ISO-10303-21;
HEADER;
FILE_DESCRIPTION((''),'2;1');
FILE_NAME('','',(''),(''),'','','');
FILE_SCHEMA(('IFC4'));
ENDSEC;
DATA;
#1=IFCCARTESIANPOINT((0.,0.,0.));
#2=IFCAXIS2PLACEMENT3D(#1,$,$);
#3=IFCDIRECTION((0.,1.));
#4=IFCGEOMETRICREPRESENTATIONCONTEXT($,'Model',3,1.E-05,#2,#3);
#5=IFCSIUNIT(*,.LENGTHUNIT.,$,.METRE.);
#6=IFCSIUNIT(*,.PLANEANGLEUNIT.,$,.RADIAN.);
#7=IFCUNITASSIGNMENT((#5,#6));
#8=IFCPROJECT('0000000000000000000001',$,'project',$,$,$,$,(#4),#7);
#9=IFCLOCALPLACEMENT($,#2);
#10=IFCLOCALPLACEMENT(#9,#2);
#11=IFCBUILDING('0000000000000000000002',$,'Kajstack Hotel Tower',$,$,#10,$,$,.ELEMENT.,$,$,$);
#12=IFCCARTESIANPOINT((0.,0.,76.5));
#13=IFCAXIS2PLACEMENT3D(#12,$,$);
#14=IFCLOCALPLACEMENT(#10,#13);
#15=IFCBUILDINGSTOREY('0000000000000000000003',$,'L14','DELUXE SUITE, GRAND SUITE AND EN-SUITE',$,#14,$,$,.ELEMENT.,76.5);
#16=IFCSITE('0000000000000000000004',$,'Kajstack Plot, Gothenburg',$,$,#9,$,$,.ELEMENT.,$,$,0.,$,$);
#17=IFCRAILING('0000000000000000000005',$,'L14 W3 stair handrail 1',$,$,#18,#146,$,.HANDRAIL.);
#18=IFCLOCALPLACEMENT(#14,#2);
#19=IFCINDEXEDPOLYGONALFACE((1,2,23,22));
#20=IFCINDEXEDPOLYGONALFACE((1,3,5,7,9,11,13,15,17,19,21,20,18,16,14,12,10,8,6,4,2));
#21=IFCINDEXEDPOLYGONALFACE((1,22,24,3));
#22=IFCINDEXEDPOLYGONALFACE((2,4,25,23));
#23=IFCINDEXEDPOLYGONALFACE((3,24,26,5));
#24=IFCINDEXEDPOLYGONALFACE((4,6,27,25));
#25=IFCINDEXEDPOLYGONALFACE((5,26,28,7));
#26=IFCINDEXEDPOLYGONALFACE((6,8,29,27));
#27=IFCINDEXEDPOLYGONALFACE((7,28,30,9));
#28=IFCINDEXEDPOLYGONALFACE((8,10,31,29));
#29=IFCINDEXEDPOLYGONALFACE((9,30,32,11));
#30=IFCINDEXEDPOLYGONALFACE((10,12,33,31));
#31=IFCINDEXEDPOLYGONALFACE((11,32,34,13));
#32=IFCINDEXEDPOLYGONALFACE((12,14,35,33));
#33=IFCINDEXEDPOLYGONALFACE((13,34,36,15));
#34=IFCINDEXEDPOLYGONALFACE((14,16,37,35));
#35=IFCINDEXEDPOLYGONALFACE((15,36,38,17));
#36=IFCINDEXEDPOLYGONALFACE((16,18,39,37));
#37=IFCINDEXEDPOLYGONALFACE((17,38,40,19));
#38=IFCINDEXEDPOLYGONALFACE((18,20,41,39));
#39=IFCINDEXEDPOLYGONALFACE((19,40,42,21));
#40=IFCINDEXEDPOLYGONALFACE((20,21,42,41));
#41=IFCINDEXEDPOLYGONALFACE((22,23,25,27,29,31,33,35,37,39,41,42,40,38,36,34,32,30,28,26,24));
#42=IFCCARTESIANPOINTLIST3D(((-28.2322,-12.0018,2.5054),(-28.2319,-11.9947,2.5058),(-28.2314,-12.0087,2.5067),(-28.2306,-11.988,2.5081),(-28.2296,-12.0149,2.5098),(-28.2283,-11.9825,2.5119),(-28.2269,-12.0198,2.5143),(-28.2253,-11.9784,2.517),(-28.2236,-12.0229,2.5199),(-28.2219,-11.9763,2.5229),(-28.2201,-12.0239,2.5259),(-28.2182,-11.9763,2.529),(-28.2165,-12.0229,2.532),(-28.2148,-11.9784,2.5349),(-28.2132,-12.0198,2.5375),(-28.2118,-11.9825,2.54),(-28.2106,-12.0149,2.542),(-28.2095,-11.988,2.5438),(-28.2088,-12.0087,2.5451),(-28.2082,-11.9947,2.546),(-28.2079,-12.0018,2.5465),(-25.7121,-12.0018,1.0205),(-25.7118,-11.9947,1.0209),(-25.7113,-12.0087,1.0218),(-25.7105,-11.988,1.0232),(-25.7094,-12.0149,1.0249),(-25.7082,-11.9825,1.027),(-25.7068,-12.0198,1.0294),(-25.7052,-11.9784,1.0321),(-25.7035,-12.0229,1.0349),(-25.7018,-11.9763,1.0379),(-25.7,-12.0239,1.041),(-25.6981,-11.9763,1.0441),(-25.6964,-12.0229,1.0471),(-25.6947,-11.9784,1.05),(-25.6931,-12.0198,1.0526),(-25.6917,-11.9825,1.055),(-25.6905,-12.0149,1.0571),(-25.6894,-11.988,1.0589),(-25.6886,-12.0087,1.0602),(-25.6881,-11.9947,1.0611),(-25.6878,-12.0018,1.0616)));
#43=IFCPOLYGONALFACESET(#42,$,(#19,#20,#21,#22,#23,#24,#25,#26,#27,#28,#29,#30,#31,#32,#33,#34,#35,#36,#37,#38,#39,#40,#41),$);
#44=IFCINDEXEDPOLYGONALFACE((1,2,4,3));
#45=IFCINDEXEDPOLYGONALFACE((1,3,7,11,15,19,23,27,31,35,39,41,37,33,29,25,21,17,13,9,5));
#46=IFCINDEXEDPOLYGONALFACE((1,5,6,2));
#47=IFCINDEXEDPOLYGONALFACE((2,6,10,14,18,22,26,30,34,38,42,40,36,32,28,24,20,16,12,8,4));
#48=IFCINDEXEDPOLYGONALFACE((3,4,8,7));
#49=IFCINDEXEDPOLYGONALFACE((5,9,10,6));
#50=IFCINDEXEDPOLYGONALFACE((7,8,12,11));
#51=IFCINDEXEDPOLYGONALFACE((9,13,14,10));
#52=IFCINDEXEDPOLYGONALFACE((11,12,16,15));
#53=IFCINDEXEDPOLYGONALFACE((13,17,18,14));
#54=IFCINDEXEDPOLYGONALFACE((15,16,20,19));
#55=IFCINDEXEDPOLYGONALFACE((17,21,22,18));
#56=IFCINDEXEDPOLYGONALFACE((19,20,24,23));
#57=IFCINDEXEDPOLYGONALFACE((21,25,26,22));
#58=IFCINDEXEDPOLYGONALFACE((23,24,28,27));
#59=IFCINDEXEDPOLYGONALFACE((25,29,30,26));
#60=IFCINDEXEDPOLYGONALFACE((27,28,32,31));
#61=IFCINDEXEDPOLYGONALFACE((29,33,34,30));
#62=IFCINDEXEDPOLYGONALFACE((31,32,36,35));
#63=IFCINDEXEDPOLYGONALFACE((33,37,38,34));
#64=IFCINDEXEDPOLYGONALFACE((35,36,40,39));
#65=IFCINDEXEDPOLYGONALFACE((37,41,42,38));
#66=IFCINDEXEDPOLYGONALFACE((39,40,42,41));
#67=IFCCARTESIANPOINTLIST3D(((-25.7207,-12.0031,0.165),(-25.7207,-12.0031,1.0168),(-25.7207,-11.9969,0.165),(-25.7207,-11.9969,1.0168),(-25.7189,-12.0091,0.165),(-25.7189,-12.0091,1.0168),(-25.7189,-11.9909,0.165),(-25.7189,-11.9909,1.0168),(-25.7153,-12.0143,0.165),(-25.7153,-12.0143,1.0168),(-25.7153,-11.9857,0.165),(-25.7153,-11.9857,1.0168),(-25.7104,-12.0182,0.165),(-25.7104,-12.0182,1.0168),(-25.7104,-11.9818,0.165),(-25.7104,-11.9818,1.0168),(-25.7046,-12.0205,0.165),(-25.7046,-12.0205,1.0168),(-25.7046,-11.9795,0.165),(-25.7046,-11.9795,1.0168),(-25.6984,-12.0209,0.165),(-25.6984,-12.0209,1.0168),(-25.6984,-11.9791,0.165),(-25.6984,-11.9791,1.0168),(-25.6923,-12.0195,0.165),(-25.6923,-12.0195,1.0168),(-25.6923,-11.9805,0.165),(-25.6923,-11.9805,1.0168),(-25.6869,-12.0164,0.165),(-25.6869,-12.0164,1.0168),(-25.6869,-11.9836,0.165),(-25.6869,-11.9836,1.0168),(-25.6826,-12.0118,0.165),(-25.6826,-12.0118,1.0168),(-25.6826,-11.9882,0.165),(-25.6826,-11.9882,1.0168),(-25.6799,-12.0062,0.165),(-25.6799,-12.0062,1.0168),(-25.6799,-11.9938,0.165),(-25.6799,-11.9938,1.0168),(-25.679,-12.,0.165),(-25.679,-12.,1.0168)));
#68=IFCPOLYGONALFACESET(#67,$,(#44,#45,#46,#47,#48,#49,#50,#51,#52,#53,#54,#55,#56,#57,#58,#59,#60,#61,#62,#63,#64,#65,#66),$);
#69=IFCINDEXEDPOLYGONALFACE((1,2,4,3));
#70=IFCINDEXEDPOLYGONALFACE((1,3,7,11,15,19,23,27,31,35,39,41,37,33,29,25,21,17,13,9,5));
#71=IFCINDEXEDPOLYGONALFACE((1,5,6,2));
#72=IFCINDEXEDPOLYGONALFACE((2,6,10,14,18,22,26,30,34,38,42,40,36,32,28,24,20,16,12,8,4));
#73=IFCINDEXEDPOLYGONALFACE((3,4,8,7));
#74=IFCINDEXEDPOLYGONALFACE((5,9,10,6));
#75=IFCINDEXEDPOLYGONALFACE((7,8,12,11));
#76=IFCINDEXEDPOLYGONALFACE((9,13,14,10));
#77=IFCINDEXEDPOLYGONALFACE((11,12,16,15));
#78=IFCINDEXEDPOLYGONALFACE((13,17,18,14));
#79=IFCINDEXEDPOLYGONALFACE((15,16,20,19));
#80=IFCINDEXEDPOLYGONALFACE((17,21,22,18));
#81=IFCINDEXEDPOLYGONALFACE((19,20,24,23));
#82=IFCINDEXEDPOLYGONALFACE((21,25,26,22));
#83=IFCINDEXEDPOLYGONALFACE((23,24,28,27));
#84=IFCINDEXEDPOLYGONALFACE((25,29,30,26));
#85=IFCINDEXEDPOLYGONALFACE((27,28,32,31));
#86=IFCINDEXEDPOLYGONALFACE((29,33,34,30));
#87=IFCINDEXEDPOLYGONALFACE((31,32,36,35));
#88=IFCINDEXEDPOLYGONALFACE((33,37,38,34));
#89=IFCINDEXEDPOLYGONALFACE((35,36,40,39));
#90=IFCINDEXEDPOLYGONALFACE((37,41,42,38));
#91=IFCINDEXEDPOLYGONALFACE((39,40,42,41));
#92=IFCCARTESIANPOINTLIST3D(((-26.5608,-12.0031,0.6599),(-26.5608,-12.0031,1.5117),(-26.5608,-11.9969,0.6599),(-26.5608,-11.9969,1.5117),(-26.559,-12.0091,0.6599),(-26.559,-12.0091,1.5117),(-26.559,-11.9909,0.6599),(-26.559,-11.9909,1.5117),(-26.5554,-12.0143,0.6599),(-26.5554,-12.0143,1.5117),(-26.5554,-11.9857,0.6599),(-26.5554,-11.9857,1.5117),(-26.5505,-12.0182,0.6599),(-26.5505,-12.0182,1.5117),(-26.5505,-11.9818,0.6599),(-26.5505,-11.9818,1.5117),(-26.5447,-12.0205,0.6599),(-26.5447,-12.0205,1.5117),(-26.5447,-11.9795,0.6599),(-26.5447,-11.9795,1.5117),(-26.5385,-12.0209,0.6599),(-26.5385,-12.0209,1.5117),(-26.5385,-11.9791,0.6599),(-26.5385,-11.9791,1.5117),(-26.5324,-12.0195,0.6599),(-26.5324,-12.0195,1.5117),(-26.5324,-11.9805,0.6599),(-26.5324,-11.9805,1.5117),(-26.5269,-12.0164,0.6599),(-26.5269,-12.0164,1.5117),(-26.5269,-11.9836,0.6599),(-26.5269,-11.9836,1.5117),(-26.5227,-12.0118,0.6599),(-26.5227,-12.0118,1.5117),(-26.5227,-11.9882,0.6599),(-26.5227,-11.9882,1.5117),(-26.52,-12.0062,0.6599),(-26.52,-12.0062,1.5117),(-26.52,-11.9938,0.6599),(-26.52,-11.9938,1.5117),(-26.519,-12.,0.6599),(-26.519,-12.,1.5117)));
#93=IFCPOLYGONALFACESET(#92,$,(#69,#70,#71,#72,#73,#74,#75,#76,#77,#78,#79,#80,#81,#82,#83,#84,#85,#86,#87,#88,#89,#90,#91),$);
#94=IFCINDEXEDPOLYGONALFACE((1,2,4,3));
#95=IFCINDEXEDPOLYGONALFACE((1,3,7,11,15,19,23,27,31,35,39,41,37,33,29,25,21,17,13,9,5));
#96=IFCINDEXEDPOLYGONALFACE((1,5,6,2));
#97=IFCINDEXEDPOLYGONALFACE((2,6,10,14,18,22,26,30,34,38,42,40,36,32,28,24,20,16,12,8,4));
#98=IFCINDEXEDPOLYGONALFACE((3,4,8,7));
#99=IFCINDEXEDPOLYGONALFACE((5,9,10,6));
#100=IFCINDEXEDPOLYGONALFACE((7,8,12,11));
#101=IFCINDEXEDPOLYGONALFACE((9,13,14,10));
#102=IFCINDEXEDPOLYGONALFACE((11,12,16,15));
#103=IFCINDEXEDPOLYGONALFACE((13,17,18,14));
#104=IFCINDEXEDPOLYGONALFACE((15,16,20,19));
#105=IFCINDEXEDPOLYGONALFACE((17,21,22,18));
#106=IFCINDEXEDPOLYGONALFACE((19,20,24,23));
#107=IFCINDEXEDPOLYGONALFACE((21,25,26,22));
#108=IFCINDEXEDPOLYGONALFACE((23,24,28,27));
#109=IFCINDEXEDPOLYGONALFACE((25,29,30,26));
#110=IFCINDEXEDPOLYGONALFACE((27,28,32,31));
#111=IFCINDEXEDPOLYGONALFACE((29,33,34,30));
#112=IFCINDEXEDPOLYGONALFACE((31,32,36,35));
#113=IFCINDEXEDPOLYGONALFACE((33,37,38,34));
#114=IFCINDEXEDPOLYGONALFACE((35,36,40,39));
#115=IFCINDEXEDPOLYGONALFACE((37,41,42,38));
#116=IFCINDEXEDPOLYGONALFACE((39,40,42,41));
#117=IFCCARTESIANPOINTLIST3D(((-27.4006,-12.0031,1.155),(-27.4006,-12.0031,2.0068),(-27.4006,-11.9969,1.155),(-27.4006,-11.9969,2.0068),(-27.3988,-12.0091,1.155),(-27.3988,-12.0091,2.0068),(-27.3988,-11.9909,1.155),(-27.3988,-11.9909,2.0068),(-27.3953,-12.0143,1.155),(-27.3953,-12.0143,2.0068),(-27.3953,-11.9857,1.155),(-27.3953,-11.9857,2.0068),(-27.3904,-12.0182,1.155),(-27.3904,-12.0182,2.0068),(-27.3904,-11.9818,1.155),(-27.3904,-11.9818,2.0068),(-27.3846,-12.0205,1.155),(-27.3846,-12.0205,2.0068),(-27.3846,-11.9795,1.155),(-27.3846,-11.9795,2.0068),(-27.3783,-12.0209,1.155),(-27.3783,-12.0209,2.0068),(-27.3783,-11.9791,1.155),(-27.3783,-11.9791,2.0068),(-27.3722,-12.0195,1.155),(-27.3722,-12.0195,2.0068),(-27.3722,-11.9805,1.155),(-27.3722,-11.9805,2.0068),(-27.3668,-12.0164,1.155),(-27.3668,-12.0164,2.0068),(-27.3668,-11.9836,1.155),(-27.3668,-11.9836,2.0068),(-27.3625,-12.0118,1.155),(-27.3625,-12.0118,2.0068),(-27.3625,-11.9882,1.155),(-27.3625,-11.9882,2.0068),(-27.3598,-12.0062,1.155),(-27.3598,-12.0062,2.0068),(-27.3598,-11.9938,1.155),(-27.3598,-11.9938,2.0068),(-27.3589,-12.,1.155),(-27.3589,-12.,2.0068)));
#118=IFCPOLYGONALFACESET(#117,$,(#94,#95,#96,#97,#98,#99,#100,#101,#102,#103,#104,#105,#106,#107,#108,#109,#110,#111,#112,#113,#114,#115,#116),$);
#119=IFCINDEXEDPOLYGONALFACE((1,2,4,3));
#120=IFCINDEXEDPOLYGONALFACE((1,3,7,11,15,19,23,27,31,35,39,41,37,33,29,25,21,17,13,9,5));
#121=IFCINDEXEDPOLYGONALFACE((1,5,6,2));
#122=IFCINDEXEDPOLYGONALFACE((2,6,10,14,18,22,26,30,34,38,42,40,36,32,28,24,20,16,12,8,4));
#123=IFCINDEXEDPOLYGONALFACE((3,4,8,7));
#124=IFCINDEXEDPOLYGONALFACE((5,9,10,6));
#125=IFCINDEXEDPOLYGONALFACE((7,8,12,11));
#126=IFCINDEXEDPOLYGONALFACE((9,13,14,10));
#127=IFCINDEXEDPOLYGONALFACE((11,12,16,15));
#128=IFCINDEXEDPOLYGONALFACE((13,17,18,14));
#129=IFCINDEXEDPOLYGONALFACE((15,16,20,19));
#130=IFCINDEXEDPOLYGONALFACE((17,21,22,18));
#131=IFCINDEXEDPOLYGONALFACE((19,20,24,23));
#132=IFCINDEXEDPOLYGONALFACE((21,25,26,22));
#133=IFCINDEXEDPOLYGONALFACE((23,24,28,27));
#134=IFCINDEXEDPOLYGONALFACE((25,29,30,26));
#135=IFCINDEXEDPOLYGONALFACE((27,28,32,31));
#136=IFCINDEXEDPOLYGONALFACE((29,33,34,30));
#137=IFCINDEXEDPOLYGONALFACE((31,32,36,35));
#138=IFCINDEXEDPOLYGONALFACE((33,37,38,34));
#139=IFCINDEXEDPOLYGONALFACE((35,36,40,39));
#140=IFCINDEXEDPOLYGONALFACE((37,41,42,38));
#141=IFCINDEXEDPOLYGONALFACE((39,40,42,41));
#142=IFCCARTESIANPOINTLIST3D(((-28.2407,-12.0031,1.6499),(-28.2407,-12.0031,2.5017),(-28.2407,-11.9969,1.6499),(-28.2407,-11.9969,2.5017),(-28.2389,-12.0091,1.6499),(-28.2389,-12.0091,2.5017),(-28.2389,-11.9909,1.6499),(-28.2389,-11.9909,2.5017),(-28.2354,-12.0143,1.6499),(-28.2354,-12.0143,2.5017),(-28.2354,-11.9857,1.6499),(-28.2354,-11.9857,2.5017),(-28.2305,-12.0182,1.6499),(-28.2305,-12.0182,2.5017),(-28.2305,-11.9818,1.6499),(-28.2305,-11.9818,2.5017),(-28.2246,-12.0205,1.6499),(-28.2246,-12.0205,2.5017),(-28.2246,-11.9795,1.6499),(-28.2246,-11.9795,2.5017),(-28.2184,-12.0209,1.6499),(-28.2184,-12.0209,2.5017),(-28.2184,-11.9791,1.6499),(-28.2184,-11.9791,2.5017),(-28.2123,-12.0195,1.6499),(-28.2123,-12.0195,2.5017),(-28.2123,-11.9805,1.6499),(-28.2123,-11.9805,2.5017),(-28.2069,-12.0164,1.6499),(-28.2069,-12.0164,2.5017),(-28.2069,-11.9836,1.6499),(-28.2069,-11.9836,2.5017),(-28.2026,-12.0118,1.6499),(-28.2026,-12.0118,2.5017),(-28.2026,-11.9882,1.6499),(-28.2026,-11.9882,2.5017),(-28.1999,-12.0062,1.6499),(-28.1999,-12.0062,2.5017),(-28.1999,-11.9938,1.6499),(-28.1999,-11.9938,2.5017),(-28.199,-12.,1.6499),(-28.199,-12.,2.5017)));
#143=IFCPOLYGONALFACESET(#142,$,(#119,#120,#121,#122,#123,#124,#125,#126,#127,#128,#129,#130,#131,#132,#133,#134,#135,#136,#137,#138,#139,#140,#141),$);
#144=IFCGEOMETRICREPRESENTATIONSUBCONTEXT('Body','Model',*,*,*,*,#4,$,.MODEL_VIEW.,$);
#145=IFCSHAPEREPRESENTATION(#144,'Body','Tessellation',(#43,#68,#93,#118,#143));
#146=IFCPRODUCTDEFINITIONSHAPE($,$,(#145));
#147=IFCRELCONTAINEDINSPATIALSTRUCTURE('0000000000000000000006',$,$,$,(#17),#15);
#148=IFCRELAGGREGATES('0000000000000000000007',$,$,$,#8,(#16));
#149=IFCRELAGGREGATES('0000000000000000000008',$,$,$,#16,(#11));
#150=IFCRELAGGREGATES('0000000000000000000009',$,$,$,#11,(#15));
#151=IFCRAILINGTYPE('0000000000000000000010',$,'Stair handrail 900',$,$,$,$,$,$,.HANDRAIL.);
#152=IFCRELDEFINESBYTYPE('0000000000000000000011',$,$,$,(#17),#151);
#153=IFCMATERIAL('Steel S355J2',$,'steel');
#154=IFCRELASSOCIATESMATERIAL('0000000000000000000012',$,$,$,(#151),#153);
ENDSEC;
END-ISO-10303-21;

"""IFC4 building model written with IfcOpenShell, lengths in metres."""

from ifc_helpers import new_model, si_unit, direction, frame, origin, origin_2d, place, context, subcontext, project, spatial, circle, extrude, material, type_object, element, save


model = new_model("IFC4")

# Units and contexts
model_context = context("Model", 3, precision=1e-05, world=origin(), true_north=direction((0.0, 1.0)))
body_context = subcontext(model_context, "Body", "Model", "MODEL_VIEW")
ifc_project = project(units=[si_unit("LENGTHUNIT", "METRE"), si_unit("PLANEANGLEUNIT", "RADIAN")], contexts=[model_context])

# Site, building, storey
site_placement = place(None, origin())
site = spatial("IfcSite", under=ifc_project, at=site_placement, Name="Kajstack Plot, Gothenburg", CompositionType="ELEMENT", RefElevation=0.0)
building_placement = place(site_placement, origin())
building = spatial("IfcBuilding", under=site, at=building_placement, Name="Kajstack Hotel Tower", CompositionType="ELEMENT")
storey_placement = place(building_placement, frame((0.0, 0.0, 76.5)))
storey = spatial("IfcBuildingStorey", under=building, at=storey_placement, Name="L14", Description="DELUXE SUITE, GRAND SUITE AND EN-SUITE", CompositionType="ELEMENT", Elevation=76.5)

# Railing
ifc_material_1 = material(Name="Steel S355J2", Category="steel")
railing_type_1 = type_object("IfcRailingType", Name="Stair handrail 900", PredefinedType="HANDRAIL", material=ifc_material_1)
railing_1_placement = place(storey_placement, frame((-25.7, -12.0, 0.165)))
element("IfcRailing", 1, at=railing_1_placement, inside=storey, type_object=railing_type_1, Name="L14 W3 stair handrail 1", PredefinedType="HANDRAIL", context=body_context, shape_type="SweptSolid", body=[
    extrude(circle(Radius=0.0239, at=origin_2d()), frame((0.0, 0.0, 0.876), z_axis=(-0.861561, 0.0, 0.507655), x_axis=(0.0, -1.0, 0.0)), (0.0, 0.0, 1.0), 2.925),
    extrude(circle(Radius=0.021, at=origin_2d()), origin(), (0.0, 0.0, 1.0), 0.8518),
    extrude(circle(Radius=0.021, at=origin_2d()), frame((-0.8401, 0.0, 0.4949)), (0.0, 0.0, 1.0), 0.8518),
    extrude(circle(Radius=0.021, at=origin_2d()), frame((-1.6799, 0.0, 0.99)), (0.0, 0.0, 1.0), 0.8518),
    extrude(circle(Radius=0.021, at=origin_2d()), frame((-2.52, 0.0, 1.4849)), (0.0, 0.0, 1.0), 0.8518),
])

save(model, "model.ifc")
